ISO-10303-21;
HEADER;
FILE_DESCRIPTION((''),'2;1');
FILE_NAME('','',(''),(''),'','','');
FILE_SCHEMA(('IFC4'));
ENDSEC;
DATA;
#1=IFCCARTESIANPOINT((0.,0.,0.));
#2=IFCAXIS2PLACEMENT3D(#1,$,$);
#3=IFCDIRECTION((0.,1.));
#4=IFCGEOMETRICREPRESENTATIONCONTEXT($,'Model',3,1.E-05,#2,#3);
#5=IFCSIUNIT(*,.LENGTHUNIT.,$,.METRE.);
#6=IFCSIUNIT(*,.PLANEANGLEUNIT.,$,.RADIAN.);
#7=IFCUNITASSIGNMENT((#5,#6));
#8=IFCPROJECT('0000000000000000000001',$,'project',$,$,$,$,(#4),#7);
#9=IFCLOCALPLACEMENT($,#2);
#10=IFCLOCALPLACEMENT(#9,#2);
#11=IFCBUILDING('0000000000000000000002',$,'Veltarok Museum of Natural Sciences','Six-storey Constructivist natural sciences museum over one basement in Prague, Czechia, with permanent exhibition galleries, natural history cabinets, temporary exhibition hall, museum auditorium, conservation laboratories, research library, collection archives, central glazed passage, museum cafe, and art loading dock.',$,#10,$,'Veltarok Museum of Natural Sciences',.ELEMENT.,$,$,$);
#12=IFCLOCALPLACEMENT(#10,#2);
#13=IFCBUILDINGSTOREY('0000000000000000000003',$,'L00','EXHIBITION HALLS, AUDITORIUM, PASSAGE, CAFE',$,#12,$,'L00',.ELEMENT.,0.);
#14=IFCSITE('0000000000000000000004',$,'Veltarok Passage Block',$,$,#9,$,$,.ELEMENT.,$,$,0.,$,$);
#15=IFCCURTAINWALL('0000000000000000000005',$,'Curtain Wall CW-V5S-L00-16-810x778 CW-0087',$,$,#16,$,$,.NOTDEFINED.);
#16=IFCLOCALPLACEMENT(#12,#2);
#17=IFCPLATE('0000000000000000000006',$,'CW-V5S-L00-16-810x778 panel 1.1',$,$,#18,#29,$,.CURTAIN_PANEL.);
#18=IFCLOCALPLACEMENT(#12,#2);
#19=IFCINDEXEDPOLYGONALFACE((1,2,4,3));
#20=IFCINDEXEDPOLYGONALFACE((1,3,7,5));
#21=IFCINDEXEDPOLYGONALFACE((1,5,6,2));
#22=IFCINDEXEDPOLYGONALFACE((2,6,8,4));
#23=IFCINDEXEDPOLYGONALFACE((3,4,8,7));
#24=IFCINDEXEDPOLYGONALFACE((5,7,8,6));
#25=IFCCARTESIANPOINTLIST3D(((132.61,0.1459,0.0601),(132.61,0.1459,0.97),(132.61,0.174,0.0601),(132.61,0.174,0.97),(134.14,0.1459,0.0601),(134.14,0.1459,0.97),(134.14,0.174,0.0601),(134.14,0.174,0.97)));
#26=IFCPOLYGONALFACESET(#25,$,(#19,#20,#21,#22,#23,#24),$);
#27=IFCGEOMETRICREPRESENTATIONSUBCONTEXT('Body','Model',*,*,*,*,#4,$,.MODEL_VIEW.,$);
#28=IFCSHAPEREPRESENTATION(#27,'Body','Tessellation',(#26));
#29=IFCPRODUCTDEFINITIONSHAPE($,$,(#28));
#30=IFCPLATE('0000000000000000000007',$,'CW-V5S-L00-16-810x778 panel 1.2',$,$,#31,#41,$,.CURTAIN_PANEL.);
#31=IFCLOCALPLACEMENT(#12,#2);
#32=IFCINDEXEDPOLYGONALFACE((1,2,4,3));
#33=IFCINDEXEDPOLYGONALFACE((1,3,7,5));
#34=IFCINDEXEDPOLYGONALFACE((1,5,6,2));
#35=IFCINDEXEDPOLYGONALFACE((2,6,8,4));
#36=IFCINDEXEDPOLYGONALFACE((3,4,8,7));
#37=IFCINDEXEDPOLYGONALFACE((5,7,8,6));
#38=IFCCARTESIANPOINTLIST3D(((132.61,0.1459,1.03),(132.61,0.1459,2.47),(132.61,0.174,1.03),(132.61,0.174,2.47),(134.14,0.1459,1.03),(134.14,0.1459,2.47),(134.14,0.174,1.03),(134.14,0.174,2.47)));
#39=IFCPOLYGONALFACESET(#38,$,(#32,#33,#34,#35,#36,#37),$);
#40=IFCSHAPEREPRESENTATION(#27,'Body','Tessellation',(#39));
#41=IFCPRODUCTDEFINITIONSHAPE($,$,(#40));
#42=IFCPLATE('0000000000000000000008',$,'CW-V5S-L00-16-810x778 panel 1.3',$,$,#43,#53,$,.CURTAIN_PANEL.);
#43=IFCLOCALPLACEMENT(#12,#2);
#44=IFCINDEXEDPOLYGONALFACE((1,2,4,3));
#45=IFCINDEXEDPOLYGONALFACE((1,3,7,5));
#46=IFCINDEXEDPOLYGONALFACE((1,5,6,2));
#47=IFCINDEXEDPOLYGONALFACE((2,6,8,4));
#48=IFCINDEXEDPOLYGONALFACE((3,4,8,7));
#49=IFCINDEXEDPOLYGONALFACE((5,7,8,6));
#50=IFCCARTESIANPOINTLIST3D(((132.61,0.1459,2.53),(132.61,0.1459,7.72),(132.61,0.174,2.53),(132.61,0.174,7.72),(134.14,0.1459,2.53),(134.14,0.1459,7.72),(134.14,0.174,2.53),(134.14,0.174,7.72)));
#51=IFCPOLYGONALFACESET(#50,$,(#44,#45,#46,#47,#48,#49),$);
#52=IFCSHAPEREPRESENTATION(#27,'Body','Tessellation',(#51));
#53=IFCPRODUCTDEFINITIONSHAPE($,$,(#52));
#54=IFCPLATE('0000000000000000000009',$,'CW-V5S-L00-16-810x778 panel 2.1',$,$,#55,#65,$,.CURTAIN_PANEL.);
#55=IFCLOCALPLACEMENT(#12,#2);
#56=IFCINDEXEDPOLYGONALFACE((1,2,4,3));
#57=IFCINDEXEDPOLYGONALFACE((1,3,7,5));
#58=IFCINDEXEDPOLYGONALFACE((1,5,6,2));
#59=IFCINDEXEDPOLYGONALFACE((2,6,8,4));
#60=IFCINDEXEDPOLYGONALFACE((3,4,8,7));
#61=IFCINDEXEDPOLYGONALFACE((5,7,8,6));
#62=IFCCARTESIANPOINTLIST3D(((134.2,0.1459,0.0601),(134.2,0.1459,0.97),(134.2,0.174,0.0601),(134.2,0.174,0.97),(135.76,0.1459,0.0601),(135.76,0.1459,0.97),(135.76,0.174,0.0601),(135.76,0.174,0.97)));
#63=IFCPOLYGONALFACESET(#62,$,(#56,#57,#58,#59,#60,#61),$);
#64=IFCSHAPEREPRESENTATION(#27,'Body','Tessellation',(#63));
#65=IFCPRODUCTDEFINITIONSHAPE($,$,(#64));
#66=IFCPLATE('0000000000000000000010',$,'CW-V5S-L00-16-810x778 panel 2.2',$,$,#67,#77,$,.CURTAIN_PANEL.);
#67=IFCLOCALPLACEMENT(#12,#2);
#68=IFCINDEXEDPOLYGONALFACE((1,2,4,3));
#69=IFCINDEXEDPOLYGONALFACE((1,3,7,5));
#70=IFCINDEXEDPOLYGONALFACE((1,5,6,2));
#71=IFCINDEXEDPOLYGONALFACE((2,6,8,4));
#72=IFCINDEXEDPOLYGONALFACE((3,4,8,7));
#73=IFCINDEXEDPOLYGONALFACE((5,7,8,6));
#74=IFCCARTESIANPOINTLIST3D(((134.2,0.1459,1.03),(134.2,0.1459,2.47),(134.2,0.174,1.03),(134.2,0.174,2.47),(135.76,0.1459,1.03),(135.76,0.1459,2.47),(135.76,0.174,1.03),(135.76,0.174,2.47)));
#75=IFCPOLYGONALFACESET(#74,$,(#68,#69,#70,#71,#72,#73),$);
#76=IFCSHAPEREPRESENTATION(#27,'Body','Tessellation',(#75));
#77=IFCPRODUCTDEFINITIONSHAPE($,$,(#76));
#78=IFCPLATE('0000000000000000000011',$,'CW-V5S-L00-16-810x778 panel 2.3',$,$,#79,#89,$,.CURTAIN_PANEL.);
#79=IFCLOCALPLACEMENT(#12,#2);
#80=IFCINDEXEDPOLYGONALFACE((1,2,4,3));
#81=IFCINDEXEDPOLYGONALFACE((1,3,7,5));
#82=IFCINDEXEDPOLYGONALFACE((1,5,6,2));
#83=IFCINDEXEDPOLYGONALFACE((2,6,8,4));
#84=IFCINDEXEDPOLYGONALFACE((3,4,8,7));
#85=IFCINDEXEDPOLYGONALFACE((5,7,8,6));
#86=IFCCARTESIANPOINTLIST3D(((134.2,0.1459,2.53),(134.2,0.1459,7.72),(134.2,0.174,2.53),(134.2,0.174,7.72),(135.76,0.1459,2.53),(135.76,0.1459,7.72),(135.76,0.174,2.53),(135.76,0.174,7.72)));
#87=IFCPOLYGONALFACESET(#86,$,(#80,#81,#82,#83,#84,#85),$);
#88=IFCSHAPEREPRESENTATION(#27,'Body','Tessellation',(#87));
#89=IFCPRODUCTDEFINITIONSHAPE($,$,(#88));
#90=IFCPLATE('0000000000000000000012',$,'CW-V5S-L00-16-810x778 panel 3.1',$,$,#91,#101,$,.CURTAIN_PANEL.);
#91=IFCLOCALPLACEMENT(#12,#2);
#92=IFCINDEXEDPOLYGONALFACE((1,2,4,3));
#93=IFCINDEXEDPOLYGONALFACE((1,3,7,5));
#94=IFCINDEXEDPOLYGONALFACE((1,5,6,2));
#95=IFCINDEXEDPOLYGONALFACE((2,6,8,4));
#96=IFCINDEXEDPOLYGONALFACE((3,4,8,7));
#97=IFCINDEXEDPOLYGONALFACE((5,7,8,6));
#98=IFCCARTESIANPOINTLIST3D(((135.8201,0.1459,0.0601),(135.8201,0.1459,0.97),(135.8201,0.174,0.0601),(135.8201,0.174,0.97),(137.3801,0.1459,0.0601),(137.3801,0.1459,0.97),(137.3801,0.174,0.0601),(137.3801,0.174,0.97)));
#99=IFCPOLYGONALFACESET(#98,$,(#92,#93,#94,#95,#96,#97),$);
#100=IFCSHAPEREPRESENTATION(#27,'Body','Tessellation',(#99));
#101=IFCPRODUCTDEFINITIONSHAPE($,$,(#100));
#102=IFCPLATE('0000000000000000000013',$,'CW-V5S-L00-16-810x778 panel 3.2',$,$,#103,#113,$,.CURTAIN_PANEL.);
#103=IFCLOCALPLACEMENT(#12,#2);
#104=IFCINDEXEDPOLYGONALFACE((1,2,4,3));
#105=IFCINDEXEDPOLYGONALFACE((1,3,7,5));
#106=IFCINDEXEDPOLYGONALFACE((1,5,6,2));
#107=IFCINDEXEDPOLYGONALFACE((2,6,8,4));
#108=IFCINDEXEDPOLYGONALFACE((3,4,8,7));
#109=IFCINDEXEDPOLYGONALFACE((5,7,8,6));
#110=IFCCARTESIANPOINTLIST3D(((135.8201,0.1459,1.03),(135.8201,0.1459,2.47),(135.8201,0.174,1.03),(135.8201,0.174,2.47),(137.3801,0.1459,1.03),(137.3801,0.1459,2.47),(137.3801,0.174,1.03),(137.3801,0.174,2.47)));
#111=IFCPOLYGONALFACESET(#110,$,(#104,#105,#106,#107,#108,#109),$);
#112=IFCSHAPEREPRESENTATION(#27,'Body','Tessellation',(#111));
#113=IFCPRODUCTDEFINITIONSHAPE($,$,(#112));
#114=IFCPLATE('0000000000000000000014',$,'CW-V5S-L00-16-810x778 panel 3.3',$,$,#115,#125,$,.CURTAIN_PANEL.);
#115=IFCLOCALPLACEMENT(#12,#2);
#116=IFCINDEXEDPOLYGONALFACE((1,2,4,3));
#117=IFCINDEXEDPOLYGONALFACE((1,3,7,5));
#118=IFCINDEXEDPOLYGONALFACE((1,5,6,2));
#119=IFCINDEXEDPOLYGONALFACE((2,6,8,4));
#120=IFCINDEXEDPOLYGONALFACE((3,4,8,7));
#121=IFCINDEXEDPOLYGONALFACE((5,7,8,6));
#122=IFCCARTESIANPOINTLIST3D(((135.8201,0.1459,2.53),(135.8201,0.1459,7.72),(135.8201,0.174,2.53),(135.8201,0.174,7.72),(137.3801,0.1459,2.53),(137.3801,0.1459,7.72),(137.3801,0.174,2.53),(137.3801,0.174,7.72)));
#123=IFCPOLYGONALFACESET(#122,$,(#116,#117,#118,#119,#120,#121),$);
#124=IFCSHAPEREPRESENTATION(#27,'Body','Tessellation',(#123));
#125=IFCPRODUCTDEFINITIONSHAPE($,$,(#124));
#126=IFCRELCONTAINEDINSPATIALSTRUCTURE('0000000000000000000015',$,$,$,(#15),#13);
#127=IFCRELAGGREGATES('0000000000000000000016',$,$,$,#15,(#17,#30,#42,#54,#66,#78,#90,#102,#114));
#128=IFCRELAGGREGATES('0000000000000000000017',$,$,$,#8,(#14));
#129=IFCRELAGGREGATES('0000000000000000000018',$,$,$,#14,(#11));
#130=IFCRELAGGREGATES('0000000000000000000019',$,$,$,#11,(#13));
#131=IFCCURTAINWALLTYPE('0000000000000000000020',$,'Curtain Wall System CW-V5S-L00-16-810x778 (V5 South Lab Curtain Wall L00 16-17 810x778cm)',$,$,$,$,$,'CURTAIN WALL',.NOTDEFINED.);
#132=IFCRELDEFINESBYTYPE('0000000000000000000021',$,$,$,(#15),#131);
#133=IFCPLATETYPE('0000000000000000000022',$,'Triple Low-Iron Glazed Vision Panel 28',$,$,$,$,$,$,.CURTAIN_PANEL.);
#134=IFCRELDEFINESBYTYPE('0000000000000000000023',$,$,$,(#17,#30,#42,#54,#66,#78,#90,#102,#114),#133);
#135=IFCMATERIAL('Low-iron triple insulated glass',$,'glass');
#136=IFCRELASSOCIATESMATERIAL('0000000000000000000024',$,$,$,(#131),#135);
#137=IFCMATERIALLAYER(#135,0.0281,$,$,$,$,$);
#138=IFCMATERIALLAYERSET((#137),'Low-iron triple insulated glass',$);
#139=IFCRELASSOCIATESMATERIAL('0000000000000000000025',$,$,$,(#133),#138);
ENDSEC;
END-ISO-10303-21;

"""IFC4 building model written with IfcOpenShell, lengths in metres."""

from ifc_helpers import new_model, si_unit, direction, frame, origin, origin_2d, place, context, subcontext, project, spatial, rectangle, extrude, material, layer, layer_set, type_object, element, aggregate, save


model = new_model("IFC4")

# Units and contexts
model_context = context("Model", 3, precision=1e-05, world=origin(), true_north=direction((0.0, 1.0)))
body_context = subcontext(model_context, "Body", "Model", "MODEL_VIEW")
ifc_project = project(units=[si_unit("LENGTHUNIT", "METRE"), si_unit("PLANEANGLEUNIT", "RADIAN")], contexts=[model_context])

# Site, building, storey
site_placement = place(None, origin())
site = spatial("IfcSite", under=ifc_project, at=site_placement, Name="Veltarok Passage Block", CompositionType="ELEMENT", RefElevation=0.0)
building_placement = place(site_placement, origin())
building = spatial("IfcBuilding", under=site, at=building_placement, Name="Veltarok Museum of Natural Sciences", Description="Six-storey Constructivist natural sciences museum over one basement in Prague, Czechia, with permanent exhibition galleries, natural history cabinets, temporary exhibition hall, museum auditorium, conservation laboratories, research library, collection archives, central glazed passage, museum cafe, and art loading dock.", LongName="Veltarok Museum of Natural Sciences", CompositionType="ELEMENT")
storey_placement = place(building_placement, origin())
storey = spatial("IfcBuildingStorey", under=building, at=storey_placement, Name="L00", Description="EXHIBITION HALLS, AUDITORIUM, PASSAGE, CAFE", LongName="L00", CompositionType="ELEMENT", Elevation=0.0)

# Curtain wall
ifc_material_1 = material(Name="Low-iron triple insulated glass", Category="glass")
curtain_wall_type_1 = type_object("IfcCurtainWallType", Name="Curtain Wall System CW-V5S-L00-16-810x778 (V5 South Lab Curtain Wall L00 16-17 810x778cm)", ElementType="CURTAIN WALL", PredefinedType="NOTDEFINED", material=ifc_material_1)
curtain_wall_1_placement = place(storey_placement, origin())
curtain_wall_1 = element("IfcCurtainWall", 1, at=curtain_wall_1_placement, inside=storey, type_object=curtain_wall_type_1, Name="Curtain Wall CW-V5S-L00-16-810x778 CW-0087", PredefinedType="NOTDEFINED")

# Plates
ifc_layer = layer(ifc_material_1, 0.0281)
ifc_layer_set = layer_set([ifc_layer], Name="Low-iron triple insulated glass")
plate_type = type_object("IfcPlateType", Name="Triple Low-Iron Glazed Vision Panel 28", PredefinedType="CURTAIN_PANEL", material=ifc_layer_set)
plate_1_placement = place(storey_placement, frame((133.375, 0.1599, 0.0601), z_axis=(0.0, 0.0, 1.0), x_axis=(1.0, 0.0, 0.0)))
plate_1 = element("IfcPlate", 2, at=plate_1_placement, type_object=plate_type, Name="CW-V5S-L00-16-810x778 panel 1.1", PredefinedType="CURTAIN_PANEL", context=body_context, shape_type="SweptSolid", body=[
    extrude(rectangle(XDim=1.53, YDim=0.0281, at=origin_2d()), origin(), (0.0, 0.0, 1.0), 0.9099),
])
plate_2_placement = place(storey_placement, frame((133.375, 0.1599, 1.03), z_axis=(0.0, 0.0, 1.0), x_axis=(1.0, 0.0, 0.0)))
plate_2 = element("IfcPlate", 3, at=plate_2_placement, type_object=plate_type, Name="CW-V5S-L00-16-810x778 panel 1.2", PredefinedType="CURTAIN_PANEL", context=body_context, shape_type="SweptSolid", body=[
    extrude(rectangle(XDim=1.53, YDim=0.0281, at=origin_2d()), origin(), (0.0, 0.0, 1.0), 1.4399),
])
plate_3_placement = place(storey_placement, frame((133.375, 0.1599, 2.53), z_axis=(0.0, 0.0, 1.0), x_axis=(1.0, 0.0, 0.0)))
plate_3 = element("IfcPlate", 4, at=plate_3_placement, type_object=plate_type, Name="CW-V5S-L00-16-810x778 panel 1.3", PredefinedType="CURTAIN_PANEL", context=body_context, shape_type="SweptSolid", body=[
    extrude(rectangle(XDim=1.53, YDim=0.0281, at=origin_2d()), origin(), (0.0, 0.0, 1.0), 5.1899),
])
plate_4_placement = place(storey_placement, frame((134.98, 0.1599, 0.0601), z_axis=(0.0, 0.0, 1.0), x_axis=(1.0, 0.0, 0.0)))
plate_4 = element("IfcPlate", 5, at=plate_4_placement, type_object=plate_type, Name="CW-V5S-L00-16-810x778 panel 2.1", PredefinedType="CURTAIN_PANEL", context=body_context, shape_type="SweptSolid", body=[
    extrude(rectangle(XDim=1.5601, YDim=0.0281, at=origin_2d()), origin(), (0.0, 0.0, 1.0), 0.9099),
])
plate_5_placement = place(storey_placement, frame((134.98, 0.1599, 1.03), z_axis=(0.0, 0.0, 1.0), x_axis=(1.0, 0.0, 0.0)))
plate_5 = element("IfcPlate", 6, at=plate_5_placement, type_object=plate_type, Name="CW-V5S-L00-16-810x778 panel 2.2", PredefinedType="CURTAIN_PANEL", context=body_context, shape_type="SweptSolid", body=[
    extrude(rectangle(XDim=1.5601, YDim=0.0281, at=origin_2d()), origin(), (0.0, 0.0, 1.0), 1.4399),
])
plate_6_placement = place(storey_placement, frame((134.98, 0.1599, 2.53), z_axis=(0.0, 0.0, 1.0), x_axis=(1.0, 0.0, 0.0)))
plate_6 = element("IfcPlate", 7, at=plate_6_placement, type_object=plate_type, Name="CW-V5S-L00-16-810x778 panel 2.3", PredefinedType="CURTAIN_PANEL", context=body_context, shape_type="SweptSolid", body=[
    extrude(rectangle(XDim=1.5601, YDim=0.0281, at=origin_2d()), origin(), (0.0, 0.0, 1.0), 5.1899),
])
plate_7_placement = place(storey_placement, frame((136.6001, 0.1599, 0.0601), z_axis=(0.0, 0.0, 1.0), x_axis=(1.0, 0.0, 0.0)))
plate_7 = element("IfcPlate", 8, at=plate_7_placement, type_object=plate_type, Name="CW-V5S-L00-16-810x778 panel 3.1", PredefinedType="CURTAIN_PANEL", context=body_context, shape_type="SweptSolid", body=[
    extrude(rectangle(XDim=1.5601, YDim=0.0281, at=origin_2d()), origin(), (0.0, 0.0, 1.0), 0.9099),
])
plate_8_placement = place(storey_placement, frame((136.6001, 0.1599, 1.03), z_axis=(0.0, 0.0, 1.0), x_axis=(1.0, 0.0, 0.0)))
plate_8 = element("IfcPlate", 9, at=plate_8_placement, type_object=plate_type, Name="CW-V5S-L00-16-810x778 panel 3.2", PredefinedType="CURTAIN_PANEL", context=body_context, shape_type="SweptSolid", body=[
    extrude(rectangle(XDim=1.5601, YDim=0.0281, at=origin_2d()), origin(), (0.0, 0.0, 1.0), 1.4399),
])
plate_9_placement = place(storey_placement, frame((136.6001, 0.1599, 2.53), z_axis=(0.0, 0.0, 1.0), x_axis=(1.0, 0.0, 0.0)))
plate_9 = element("IfcPlate", 10, at=plate_9_placement, type_object=plate_type, Name="CW-V5S-L00-16-810x778 panel 3.3", PredefinedType="CURTAIN_PANEL", context=body_context, shape_type="SweptSolid", body=[
    extrude(rectangle(XDim=1.5601, YDim=0.0281, at=origin_2d()), origin(), (0.0, 0.0, 1.0), 5.1899),
])
aggregate(curtain_wall_1, [plate_1, plate_2, plate_3, plate_4, plate_5, plate_6, plate_7, plate_8, plate_9])

save(model, "model.ifc")
